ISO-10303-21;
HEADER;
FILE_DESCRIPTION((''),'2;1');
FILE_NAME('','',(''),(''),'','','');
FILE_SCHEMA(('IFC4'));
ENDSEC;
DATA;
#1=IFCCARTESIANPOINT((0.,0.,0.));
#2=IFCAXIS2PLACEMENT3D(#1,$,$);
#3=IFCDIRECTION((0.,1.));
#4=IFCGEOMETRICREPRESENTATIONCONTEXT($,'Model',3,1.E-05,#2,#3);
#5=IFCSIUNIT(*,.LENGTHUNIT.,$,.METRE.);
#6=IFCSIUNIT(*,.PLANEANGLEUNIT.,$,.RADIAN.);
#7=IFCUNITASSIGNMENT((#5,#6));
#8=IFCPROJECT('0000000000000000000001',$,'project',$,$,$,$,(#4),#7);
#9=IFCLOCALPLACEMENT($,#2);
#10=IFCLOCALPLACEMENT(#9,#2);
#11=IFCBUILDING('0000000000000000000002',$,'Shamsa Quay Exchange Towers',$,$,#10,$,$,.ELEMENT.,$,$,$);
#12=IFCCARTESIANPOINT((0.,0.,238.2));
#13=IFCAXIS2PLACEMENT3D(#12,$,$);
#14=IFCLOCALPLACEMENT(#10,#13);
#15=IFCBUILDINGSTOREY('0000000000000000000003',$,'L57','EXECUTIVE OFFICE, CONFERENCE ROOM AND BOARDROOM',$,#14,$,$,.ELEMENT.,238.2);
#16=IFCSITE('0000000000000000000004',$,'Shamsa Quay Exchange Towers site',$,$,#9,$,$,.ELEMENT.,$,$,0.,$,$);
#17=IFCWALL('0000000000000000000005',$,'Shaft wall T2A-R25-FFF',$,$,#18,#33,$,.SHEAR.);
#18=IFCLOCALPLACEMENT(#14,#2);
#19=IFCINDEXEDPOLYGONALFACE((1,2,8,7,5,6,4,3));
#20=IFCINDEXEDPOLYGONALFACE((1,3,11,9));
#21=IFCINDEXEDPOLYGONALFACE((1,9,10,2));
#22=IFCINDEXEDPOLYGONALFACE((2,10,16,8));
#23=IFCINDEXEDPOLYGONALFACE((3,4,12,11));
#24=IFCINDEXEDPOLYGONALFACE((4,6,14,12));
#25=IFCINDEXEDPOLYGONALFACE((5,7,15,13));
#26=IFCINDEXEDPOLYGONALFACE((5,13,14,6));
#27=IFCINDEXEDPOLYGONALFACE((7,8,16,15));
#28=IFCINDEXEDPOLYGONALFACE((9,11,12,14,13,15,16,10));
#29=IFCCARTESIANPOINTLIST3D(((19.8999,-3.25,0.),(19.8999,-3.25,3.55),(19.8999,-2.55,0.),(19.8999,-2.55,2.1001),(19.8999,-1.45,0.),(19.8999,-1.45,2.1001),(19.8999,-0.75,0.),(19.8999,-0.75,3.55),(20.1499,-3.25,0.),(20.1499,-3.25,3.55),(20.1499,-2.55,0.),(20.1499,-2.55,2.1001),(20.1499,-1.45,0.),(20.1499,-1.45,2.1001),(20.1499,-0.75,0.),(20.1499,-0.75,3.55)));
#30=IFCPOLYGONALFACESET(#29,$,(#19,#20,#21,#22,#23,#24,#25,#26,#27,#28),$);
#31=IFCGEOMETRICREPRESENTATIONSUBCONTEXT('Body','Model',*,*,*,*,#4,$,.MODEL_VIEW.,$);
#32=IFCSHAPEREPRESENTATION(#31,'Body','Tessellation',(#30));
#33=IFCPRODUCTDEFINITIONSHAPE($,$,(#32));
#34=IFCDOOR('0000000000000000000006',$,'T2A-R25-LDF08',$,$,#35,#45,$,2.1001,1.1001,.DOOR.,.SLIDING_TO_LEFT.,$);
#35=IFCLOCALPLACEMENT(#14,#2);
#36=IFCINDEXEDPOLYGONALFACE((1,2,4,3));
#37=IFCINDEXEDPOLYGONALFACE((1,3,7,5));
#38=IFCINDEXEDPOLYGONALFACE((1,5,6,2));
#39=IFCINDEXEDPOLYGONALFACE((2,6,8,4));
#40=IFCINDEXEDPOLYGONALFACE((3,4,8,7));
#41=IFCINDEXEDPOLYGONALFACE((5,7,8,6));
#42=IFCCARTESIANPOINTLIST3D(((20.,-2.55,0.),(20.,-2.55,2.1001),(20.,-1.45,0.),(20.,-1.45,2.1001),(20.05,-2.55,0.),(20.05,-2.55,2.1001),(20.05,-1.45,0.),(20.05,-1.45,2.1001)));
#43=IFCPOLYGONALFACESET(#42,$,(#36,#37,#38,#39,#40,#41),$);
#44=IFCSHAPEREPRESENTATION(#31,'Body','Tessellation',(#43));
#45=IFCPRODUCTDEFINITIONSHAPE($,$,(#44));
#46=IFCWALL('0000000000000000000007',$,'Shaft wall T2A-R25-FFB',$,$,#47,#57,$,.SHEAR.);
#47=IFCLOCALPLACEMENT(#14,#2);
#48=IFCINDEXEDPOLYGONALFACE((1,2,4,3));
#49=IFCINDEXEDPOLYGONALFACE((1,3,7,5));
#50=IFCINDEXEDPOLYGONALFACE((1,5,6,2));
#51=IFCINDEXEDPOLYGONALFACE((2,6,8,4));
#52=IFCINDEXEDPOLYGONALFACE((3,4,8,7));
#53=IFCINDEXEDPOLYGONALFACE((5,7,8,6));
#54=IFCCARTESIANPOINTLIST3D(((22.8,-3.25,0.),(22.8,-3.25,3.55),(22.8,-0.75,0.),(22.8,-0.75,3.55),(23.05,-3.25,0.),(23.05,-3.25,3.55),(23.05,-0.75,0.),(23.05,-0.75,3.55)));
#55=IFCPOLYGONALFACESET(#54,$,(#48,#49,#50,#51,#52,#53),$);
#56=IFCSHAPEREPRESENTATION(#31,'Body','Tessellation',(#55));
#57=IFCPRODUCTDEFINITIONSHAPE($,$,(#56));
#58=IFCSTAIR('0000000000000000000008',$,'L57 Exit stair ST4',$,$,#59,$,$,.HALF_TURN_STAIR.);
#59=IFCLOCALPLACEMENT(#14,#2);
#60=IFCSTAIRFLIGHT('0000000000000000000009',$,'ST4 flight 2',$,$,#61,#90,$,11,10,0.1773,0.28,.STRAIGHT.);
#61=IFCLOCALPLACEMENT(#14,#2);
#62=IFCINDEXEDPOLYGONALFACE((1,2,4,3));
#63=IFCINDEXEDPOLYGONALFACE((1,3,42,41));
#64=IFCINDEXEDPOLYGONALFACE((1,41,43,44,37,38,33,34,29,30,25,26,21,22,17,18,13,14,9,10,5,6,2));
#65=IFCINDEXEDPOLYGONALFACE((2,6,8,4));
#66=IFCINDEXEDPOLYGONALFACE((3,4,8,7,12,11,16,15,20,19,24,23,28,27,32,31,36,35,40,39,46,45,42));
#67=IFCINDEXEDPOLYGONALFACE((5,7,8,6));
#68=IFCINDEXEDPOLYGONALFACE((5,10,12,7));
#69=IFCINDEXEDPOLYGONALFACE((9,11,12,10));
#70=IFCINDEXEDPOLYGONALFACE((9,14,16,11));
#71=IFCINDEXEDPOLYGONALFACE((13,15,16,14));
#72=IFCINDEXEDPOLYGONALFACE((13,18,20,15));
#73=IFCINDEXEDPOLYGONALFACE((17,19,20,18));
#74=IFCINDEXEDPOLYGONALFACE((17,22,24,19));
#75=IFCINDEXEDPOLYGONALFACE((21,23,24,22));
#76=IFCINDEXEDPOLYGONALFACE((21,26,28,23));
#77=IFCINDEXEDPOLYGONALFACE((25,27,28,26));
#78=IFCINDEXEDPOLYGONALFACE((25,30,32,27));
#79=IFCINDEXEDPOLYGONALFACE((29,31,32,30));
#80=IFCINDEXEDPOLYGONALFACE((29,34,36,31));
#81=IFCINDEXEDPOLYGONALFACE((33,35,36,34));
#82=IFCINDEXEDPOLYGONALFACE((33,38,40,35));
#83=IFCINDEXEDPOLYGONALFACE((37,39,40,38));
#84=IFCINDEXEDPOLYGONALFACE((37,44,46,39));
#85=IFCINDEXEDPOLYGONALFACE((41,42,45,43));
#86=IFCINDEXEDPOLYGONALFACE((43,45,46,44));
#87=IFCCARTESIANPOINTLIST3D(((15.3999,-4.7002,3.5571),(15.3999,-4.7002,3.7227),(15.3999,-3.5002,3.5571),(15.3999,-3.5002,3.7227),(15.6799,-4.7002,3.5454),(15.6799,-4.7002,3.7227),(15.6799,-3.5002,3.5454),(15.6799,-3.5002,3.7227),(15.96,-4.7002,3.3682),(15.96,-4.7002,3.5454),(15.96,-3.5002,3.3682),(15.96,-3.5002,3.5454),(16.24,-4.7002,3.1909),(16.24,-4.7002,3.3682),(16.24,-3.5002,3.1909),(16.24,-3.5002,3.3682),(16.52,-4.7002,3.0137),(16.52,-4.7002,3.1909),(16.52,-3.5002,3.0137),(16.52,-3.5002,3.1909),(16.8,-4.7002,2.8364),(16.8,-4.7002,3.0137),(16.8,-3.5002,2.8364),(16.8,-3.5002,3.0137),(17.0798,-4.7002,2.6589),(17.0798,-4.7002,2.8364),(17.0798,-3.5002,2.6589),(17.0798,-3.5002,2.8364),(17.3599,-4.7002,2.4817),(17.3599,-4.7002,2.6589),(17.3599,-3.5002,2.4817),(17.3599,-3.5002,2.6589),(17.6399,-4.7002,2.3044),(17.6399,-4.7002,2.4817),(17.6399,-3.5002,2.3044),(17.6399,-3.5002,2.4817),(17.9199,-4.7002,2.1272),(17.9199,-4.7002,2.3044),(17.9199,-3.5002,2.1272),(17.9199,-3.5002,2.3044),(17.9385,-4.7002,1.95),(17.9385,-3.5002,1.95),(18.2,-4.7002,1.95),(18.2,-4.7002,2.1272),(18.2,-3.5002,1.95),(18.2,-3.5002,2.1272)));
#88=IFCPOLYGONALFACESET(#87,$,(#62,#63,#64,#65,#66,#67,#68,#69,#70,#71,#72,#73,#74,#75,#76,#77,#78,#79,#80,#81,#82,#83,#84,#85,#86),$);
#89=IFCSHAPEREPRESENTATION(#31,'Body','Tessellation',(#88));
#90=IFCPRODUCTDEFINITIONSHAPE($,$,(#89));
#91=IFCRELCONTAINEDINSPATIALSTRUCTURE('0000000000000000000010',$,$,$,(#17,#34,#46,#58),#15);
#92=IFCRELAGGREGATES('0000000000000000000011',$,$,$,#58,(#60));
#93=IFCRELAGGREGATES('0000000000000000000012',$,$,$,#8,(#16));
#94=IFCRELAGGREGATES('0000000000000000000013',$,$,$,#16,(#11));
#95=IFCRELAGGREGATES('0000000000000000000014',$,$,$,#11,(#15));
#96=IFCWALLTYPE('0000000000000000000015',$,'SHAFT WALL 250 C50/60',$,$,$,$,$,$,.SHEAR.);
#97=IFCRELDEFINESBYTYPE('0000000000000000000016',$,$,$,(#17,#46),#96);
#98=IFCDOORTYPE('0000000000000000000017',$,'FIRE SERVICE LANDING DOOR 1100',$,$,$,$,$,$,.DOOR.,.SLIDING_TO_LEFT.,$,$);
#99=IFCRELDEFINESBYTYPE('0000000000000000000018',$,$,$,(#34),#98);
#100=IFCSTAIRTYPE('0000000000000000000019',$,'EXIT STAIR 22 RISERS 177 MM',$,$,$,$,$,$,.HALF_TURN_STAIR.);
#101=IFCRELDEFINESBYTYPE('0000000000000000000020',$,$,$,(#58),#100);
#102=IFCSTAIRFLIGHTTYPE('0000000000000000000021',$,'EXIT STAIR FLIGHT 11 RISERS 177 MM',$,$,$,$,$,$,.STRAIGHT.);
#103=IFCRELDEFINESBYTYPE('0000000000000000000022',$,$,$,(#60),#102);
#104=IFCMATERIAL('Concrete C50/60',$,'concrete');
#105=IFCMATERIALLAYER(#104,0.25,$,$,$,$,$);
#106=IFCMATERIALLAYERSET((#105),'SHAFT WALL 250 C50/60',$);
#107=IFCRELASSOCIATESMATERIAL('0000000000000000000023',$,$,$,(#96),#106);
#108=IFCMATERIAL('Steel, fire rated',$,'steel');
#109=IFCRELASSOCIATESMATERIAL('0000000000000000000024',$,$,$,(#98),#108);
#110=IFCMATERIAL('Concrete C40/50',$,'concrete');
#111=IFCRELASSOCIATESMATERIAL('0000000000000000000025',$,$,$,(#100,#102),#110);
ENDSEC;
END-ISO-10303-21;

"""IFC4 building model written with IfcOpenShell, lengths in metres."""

from ifc_helpers import new_model, si_unit, direction, frame, frame_2d, origin, place, context, subcontext, project, spatial, polyline, rectangle, outline, extrude, material, layer, layer_set, type_object, element, fill, aggregate, save


model = new_model("IFC4")

# Units and contexts
model_context = context("Model", 3, precision=1e-05, world=origin(), true_north=direction((0.0, 1.0)))
body_context = subcontext(model_context, "Body", "Model", "MODEL_VIEW")
ifc_project = project(units=[si_unit("LENGTHUNIT", "METRE"), si_unit("PLANEANGLEUNIT", "RADIAN")], contexts=[model_context])

# Site, building, storey
site_placement = place(None, origin())
site = spatial("IfcSite", under=ifc_project, at=site_placement, Name="Shamsa Quay Exchange Towers site", CompositionType="ELEMENT", RefElevation=0.0)
building_placement = place(site_placement, origin())
building = spatial("IfcBuilding", under=site, at=building_placement, Name="Shamsa Quay Exchange Towers", CompositionType="ELEMENT")
storey_placement = place(building_placement, frame((0.0, 0.0, 238.2)))
storey = spatial("IfcBuildingStorey", under=building, at=storey_placement, Name="L57", Description="EXECUTIVE OFFICE, CONFERENCE ROOM AND BOARDROOM", CompositionType="ELEMENT", Elevation=238.2)

# Shared definitions
ifc_material_1 = material(Name="Concrete C50/60", Category="concrete")
ifc_layer_1 = layer(ifc_material_1, 0.25)
ifc_layer_set_1 = layer_set([ifc_layer_1], Name="SHAFT WALL 250 C50/60")
wall_type_1 = type_object("IfcWallType", Name="SHAFT WALL 250 C50/60", PredefinedType="SHEAR", material=ifc_layer_set_1)
ifc_material_2 = material(Name="Steel, fire rated", Category="steel")

# Wall, opening, door
wall_1_placement = place(storey_placement, frame((20.0249, -3.25, 0.0), z_axis=(0.0, 0.0, 1.0), x_axis=(0.0, 1.0, 0.0)))
wall_1 = element("IfcWall", 1, at=wall_1_placement, inside=storey, type_object=wall_type_1, Name="Shaft wall T2A-R25-FFF", PredefinedType="SHEAR", context=body_context, shape_type="SweptSolid", body=[
    extrude(rectangle(XDim=2.5, YDim=0.25, at=frame_2d((1.25, 0.0))), origin(), (0.0, 0.0, 1.0), 3.55),
])
opening_1_placement = place(wall_1_placement, frame((0.7, 0.0, 0.0)))
opening_1 = element("IfcOpeningElement", 2, at=opening_1_placement, cuts=wall_1, PredefinedType="OPENING", context=body_context, shape_type="SweptSolid", body=[
    extrude(rectangle(XDim=1.1001, YDim=2.1001, at=frame_2d((0.55, 1.05))), frame((0.0, 0.135, 0.0), z_axis=(0.0, -1.0, 0.0), x_axis=(1.0, 0.0, 0.0)), (0.0, 0.0, 1.0), 0.27),
])
door_type_1 = type_object("IfcDoorType", Name="FIRE SERVICE LANDING DOOR 1100", OperationType="SLIDING_TO_LEFT", PredefinedType="DOOR", material=ifc_material_2)
door_1_placement = place(opening_1_placement, origin())
door_1 = element("IfcDoor", 3, at=door_1_placement, inside=storey, type_object=door_type_1, Name="T2A-R25-LDF08", OperationType="SLIDING_TO_LEFT", OverallHeight=2.1001, OverallWidth=1.1001, PredefinedType="DOOR", context=body_context, shape_type="SweptSolid", body=[
    extrude(rectangle(XDim=1.1001, YDim=2.1001, at=frame_2d((0.55, 1.05))), frame((0.0, 0.0249, 0.0), z_axis=(0.0, -1.0, 0.0), x_axis=(1.0, 0.0, 0.0)), (0.0, 0.0, 1.0), 0.05),
])
fill(opening_1, door_1)

# Wall
wall_2_placement = place(storey_placement, frame((22.925, -3.25, 0.0), z_axis=(0.0, 0.0, 1.0), x_axis=(0.0, 1.0, 0.0)))
element("IfcWall", 4, at=wall_2_placement, inside=storey, type_object=wall_type_1, Name="Shaft wall T2A-R25-FFB", PredefinedType="SHEAR", context=body_context, shape_type="SweptSolid", body=[
    extrude(rectangle(XDim=2.5, YDim=0.25, at=frame_2d((1.25, 0.0))), origin(), (0.0, 0.0, 1.0), 3.55),
])

# Stair, stair flight
ifc_material_3 = material(Name="Concrete C40/50", Category="concrete")
stair_type = type_object("IfcStairType", Name="EXIT STAIR 22 RISERS 177 MM", PredefinedType="HALF_TURN_STAIR", material=ifc_material_3)
stair_placement = place(storey_placement, origin())
stair = element("IfcStair", 5, at=stair_placement, inside=storey, type_object=stair_type, Name="L57 Exit stair ST4", PredefinedType="HALF_TURN_STAIR")
stair_flight_type = type_object("IfcStairFlightType", Name="EXIT STAIR FLIGHT 11 RISERS 177 MM", PredefinedType="STRAIGHT", material=ifc_material_3)
stair_flight_placement = place(storey_placement, frame((18.2, -4.1001, 1.95), z_axis=(0.0, 0.0, 1.0), x_axis=(-1.0, 0.0, 0.0)))
stair_flight = element("IfcStairFlight", 6, at=stair_flight_placement, type_object=stair_flight_type, Name="ST4 flight 2", NumberOfRisers=11, NumberOfTreads=10, PredefinedType="STRAIGHT", RiserHeight=0.1773, TreadLength=0.28, context=body_context, shape_type="SweptSolid", body=[
    extrude(outline(polyline([(0.0, 0.0), (0.0, 0.1772), (0.28, 0.1772), (0.28, 0.3545), (0.5601, 0.3545), (0.5601, 0.5317), (0.8401, 0.5317), (0.8401, 0.709), (1.1201, 0.709), (1.1201, 0.8865), (1.3999, 0.8865), (1.3999, 1.0637), (1.6799, 1.0637), (1.6799, 1.241), (1.96, 1.241), (1.96, 1.4182), (2.24, 1.4182), (2.24, 1.5955), (2.52, 1.5955), (2.52, 1.7727), (2.8, 1.7727), (2.8, 1.95), (2.8, 1.6072), (0.2615, 0.0), (0.0, 0.0)])), frame((0.0, 0.6001, 0.0), z_axis=(0.0, -1.0, 0.0), x_axis=(1.0, 0.0, 0.0)), (0.0, 0.0, 1.0), 1.2),
])
aggregate(stair, [stair_flight])

save(model, "model.ifc")
